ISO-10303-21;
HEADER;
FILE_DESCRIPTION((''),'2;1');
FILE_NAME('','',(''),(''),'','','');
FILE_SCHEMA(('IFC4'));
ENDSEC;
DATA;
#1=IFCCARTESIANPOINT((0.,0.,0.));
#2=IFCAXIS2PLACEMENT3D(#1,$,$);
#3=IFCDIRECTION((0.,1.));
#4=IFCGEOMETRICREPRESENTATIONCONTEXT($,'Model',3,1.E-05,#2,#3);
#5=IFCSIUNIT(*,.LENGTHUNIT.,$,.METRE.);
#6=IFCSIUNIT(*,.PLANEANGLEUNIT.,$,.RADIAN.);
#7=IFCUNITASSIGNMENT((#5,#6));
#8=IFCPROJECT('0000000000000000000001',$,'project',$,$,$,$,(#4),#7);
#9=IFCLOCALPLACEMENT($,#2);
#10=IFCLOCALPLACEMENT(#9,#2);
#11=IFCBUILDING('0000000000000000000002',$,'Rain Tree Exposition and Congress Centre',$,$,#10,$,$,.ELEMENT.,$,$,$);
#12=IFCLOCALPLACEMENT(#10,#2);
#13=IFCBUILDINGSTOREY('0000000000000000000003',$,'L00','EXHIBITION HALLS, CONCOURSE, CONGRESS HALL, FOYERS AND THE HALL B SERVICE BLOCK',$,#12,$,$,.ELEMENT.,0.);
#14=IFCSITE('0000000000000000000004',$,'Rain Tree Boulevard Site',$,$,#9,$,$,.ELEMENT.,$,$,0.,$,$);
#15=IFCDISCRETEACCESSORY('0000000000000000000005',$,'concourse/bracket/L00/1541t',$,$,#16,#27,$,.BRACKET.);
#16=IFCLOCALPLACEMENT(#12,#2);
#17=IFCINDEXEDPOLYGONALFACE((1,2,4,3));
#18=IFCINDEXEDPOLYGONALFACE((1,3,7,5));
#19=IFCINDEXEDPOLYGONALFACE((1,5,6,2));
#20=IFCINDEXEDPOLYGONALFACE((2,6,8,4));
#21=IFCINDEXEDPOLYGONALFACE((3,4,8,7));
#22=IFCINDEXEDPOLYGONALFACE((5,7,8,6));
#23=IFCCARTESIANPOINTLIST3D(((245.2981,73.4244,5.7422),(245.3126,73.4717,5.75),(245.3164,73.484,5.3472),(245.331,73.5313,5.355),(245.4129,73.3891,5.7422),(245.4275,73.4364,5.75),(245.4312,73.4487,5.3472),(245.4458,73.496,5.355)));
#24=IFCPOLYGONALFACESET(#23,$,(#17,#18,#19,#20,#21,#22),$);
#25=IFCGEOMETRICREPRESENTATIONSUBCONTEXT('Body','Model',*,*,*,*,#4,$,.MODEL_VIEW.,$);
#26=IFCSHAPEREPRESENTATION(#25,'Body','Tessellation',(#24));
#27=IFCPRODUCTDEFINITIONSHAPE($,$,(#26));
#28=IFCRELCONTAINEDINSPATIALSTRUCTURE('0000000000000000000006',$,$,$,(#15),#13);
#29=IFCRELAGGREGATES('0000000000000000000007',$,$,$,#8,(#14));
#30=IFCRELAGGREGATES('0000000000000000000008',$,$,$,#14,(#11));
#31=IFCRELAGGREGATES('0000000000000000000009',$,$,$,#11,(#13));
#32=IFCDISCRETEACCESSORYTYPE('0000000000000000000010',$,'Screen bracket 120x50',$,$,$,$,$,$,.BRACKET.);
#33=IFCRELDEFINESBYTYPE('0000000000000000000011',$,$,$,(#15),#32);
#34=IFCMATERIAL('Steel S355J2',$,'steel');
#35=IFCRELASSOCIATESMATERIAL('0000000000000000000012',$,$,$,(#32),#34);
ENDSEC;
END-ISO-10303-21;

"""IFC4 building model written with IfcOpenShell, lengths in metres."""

from ifc_helpers import new_model, si_unit, direction, frame, origin, origin_2d, place, context, subcontext, project, spatial, rectangle, extrude, material, material_profile, profile_set, type_object, element, save


model = new_model("IFC4")

# Units and contexts
model_context = context("Model", 3, precision=1e-05, world=origin(), true_north=direction((0.0, 1.0)))
body_context = subcontext(model_context, "Body", "Model", "MODEL_VIEW")
ifc_project = project(units=[si_unit("LENGTHUNIT", "METRE"), si_unit("PLANEANGLEUNIT", "RADIAN")], contexts=[model_context])

# Site, building, storey
site_placement = place(None, origin())
site = spatial("IfcSite", under=ifc_project, at=site_placement, Name="Rain Tree Boulevard Site", CompositionType="ELEMENT", RefElevation=0.0)
building_placement = place(site_placement, origin())
building = spatial("IfcBuilding", under=site, at=building_placement, Name="Rain Tree Exposition and Congress Centre", CompositionType="ELEMENT")
storey_placement = place(building_placement, origin())
storey = spatial("IfcBuildingStorey", under=building, at=storey_placement, Name="L00", Description="EXHIBITION HALLS, CONCOURSE, CONGRESS HALL, FOYERS AND THE HALL B SERVICE BLOCK", CompositionType="ELEMENT", Elevation=0.0)

# Discrete accessory
ifc_material_1 = material(Name="Steel S355J2", Category="steel")
ifc_material_profile_1 = material_profile(ifc_material_1, rectangle(XDim=0.1201, YDim=0.05, at=origin_2d()), Name="Flat bar 120x50")
ifc_profile_set_1 = profile_set([ifc_material_profile_1], Name="Steel S355J2")
discrete_accessory_type = type_object("IfcDiscreteAccessoryType", Name="Screen bracket 120x50", PredefinedType="BRACKET", material=ifc_profile_set_1)
discrete_accessory_1_placement = place(storey_placement, frame((245.3811, 73.49, 5.3511), z_axis=(-0.045787, -0.148961, 0.987782), x_axis=(0.955864, -0.293811, 0.0)))
element("IfcDiscreteAccessory", 1, at=discrete_accessory_1_placement, inside=storey, type_object=discrete_accessory_type, Name="concourse/bracket/L00/1541t", PredefinedType="BRACKET", context=body_context, shape_type="SweptSolid", body=[
    extrude(rectangle(XDim=0.1201, YDim=0.05, at=origin_2d()), origin(), (0.0, 0.0, 1.0), 0.3999),
])

save(model, "model.ifc")
